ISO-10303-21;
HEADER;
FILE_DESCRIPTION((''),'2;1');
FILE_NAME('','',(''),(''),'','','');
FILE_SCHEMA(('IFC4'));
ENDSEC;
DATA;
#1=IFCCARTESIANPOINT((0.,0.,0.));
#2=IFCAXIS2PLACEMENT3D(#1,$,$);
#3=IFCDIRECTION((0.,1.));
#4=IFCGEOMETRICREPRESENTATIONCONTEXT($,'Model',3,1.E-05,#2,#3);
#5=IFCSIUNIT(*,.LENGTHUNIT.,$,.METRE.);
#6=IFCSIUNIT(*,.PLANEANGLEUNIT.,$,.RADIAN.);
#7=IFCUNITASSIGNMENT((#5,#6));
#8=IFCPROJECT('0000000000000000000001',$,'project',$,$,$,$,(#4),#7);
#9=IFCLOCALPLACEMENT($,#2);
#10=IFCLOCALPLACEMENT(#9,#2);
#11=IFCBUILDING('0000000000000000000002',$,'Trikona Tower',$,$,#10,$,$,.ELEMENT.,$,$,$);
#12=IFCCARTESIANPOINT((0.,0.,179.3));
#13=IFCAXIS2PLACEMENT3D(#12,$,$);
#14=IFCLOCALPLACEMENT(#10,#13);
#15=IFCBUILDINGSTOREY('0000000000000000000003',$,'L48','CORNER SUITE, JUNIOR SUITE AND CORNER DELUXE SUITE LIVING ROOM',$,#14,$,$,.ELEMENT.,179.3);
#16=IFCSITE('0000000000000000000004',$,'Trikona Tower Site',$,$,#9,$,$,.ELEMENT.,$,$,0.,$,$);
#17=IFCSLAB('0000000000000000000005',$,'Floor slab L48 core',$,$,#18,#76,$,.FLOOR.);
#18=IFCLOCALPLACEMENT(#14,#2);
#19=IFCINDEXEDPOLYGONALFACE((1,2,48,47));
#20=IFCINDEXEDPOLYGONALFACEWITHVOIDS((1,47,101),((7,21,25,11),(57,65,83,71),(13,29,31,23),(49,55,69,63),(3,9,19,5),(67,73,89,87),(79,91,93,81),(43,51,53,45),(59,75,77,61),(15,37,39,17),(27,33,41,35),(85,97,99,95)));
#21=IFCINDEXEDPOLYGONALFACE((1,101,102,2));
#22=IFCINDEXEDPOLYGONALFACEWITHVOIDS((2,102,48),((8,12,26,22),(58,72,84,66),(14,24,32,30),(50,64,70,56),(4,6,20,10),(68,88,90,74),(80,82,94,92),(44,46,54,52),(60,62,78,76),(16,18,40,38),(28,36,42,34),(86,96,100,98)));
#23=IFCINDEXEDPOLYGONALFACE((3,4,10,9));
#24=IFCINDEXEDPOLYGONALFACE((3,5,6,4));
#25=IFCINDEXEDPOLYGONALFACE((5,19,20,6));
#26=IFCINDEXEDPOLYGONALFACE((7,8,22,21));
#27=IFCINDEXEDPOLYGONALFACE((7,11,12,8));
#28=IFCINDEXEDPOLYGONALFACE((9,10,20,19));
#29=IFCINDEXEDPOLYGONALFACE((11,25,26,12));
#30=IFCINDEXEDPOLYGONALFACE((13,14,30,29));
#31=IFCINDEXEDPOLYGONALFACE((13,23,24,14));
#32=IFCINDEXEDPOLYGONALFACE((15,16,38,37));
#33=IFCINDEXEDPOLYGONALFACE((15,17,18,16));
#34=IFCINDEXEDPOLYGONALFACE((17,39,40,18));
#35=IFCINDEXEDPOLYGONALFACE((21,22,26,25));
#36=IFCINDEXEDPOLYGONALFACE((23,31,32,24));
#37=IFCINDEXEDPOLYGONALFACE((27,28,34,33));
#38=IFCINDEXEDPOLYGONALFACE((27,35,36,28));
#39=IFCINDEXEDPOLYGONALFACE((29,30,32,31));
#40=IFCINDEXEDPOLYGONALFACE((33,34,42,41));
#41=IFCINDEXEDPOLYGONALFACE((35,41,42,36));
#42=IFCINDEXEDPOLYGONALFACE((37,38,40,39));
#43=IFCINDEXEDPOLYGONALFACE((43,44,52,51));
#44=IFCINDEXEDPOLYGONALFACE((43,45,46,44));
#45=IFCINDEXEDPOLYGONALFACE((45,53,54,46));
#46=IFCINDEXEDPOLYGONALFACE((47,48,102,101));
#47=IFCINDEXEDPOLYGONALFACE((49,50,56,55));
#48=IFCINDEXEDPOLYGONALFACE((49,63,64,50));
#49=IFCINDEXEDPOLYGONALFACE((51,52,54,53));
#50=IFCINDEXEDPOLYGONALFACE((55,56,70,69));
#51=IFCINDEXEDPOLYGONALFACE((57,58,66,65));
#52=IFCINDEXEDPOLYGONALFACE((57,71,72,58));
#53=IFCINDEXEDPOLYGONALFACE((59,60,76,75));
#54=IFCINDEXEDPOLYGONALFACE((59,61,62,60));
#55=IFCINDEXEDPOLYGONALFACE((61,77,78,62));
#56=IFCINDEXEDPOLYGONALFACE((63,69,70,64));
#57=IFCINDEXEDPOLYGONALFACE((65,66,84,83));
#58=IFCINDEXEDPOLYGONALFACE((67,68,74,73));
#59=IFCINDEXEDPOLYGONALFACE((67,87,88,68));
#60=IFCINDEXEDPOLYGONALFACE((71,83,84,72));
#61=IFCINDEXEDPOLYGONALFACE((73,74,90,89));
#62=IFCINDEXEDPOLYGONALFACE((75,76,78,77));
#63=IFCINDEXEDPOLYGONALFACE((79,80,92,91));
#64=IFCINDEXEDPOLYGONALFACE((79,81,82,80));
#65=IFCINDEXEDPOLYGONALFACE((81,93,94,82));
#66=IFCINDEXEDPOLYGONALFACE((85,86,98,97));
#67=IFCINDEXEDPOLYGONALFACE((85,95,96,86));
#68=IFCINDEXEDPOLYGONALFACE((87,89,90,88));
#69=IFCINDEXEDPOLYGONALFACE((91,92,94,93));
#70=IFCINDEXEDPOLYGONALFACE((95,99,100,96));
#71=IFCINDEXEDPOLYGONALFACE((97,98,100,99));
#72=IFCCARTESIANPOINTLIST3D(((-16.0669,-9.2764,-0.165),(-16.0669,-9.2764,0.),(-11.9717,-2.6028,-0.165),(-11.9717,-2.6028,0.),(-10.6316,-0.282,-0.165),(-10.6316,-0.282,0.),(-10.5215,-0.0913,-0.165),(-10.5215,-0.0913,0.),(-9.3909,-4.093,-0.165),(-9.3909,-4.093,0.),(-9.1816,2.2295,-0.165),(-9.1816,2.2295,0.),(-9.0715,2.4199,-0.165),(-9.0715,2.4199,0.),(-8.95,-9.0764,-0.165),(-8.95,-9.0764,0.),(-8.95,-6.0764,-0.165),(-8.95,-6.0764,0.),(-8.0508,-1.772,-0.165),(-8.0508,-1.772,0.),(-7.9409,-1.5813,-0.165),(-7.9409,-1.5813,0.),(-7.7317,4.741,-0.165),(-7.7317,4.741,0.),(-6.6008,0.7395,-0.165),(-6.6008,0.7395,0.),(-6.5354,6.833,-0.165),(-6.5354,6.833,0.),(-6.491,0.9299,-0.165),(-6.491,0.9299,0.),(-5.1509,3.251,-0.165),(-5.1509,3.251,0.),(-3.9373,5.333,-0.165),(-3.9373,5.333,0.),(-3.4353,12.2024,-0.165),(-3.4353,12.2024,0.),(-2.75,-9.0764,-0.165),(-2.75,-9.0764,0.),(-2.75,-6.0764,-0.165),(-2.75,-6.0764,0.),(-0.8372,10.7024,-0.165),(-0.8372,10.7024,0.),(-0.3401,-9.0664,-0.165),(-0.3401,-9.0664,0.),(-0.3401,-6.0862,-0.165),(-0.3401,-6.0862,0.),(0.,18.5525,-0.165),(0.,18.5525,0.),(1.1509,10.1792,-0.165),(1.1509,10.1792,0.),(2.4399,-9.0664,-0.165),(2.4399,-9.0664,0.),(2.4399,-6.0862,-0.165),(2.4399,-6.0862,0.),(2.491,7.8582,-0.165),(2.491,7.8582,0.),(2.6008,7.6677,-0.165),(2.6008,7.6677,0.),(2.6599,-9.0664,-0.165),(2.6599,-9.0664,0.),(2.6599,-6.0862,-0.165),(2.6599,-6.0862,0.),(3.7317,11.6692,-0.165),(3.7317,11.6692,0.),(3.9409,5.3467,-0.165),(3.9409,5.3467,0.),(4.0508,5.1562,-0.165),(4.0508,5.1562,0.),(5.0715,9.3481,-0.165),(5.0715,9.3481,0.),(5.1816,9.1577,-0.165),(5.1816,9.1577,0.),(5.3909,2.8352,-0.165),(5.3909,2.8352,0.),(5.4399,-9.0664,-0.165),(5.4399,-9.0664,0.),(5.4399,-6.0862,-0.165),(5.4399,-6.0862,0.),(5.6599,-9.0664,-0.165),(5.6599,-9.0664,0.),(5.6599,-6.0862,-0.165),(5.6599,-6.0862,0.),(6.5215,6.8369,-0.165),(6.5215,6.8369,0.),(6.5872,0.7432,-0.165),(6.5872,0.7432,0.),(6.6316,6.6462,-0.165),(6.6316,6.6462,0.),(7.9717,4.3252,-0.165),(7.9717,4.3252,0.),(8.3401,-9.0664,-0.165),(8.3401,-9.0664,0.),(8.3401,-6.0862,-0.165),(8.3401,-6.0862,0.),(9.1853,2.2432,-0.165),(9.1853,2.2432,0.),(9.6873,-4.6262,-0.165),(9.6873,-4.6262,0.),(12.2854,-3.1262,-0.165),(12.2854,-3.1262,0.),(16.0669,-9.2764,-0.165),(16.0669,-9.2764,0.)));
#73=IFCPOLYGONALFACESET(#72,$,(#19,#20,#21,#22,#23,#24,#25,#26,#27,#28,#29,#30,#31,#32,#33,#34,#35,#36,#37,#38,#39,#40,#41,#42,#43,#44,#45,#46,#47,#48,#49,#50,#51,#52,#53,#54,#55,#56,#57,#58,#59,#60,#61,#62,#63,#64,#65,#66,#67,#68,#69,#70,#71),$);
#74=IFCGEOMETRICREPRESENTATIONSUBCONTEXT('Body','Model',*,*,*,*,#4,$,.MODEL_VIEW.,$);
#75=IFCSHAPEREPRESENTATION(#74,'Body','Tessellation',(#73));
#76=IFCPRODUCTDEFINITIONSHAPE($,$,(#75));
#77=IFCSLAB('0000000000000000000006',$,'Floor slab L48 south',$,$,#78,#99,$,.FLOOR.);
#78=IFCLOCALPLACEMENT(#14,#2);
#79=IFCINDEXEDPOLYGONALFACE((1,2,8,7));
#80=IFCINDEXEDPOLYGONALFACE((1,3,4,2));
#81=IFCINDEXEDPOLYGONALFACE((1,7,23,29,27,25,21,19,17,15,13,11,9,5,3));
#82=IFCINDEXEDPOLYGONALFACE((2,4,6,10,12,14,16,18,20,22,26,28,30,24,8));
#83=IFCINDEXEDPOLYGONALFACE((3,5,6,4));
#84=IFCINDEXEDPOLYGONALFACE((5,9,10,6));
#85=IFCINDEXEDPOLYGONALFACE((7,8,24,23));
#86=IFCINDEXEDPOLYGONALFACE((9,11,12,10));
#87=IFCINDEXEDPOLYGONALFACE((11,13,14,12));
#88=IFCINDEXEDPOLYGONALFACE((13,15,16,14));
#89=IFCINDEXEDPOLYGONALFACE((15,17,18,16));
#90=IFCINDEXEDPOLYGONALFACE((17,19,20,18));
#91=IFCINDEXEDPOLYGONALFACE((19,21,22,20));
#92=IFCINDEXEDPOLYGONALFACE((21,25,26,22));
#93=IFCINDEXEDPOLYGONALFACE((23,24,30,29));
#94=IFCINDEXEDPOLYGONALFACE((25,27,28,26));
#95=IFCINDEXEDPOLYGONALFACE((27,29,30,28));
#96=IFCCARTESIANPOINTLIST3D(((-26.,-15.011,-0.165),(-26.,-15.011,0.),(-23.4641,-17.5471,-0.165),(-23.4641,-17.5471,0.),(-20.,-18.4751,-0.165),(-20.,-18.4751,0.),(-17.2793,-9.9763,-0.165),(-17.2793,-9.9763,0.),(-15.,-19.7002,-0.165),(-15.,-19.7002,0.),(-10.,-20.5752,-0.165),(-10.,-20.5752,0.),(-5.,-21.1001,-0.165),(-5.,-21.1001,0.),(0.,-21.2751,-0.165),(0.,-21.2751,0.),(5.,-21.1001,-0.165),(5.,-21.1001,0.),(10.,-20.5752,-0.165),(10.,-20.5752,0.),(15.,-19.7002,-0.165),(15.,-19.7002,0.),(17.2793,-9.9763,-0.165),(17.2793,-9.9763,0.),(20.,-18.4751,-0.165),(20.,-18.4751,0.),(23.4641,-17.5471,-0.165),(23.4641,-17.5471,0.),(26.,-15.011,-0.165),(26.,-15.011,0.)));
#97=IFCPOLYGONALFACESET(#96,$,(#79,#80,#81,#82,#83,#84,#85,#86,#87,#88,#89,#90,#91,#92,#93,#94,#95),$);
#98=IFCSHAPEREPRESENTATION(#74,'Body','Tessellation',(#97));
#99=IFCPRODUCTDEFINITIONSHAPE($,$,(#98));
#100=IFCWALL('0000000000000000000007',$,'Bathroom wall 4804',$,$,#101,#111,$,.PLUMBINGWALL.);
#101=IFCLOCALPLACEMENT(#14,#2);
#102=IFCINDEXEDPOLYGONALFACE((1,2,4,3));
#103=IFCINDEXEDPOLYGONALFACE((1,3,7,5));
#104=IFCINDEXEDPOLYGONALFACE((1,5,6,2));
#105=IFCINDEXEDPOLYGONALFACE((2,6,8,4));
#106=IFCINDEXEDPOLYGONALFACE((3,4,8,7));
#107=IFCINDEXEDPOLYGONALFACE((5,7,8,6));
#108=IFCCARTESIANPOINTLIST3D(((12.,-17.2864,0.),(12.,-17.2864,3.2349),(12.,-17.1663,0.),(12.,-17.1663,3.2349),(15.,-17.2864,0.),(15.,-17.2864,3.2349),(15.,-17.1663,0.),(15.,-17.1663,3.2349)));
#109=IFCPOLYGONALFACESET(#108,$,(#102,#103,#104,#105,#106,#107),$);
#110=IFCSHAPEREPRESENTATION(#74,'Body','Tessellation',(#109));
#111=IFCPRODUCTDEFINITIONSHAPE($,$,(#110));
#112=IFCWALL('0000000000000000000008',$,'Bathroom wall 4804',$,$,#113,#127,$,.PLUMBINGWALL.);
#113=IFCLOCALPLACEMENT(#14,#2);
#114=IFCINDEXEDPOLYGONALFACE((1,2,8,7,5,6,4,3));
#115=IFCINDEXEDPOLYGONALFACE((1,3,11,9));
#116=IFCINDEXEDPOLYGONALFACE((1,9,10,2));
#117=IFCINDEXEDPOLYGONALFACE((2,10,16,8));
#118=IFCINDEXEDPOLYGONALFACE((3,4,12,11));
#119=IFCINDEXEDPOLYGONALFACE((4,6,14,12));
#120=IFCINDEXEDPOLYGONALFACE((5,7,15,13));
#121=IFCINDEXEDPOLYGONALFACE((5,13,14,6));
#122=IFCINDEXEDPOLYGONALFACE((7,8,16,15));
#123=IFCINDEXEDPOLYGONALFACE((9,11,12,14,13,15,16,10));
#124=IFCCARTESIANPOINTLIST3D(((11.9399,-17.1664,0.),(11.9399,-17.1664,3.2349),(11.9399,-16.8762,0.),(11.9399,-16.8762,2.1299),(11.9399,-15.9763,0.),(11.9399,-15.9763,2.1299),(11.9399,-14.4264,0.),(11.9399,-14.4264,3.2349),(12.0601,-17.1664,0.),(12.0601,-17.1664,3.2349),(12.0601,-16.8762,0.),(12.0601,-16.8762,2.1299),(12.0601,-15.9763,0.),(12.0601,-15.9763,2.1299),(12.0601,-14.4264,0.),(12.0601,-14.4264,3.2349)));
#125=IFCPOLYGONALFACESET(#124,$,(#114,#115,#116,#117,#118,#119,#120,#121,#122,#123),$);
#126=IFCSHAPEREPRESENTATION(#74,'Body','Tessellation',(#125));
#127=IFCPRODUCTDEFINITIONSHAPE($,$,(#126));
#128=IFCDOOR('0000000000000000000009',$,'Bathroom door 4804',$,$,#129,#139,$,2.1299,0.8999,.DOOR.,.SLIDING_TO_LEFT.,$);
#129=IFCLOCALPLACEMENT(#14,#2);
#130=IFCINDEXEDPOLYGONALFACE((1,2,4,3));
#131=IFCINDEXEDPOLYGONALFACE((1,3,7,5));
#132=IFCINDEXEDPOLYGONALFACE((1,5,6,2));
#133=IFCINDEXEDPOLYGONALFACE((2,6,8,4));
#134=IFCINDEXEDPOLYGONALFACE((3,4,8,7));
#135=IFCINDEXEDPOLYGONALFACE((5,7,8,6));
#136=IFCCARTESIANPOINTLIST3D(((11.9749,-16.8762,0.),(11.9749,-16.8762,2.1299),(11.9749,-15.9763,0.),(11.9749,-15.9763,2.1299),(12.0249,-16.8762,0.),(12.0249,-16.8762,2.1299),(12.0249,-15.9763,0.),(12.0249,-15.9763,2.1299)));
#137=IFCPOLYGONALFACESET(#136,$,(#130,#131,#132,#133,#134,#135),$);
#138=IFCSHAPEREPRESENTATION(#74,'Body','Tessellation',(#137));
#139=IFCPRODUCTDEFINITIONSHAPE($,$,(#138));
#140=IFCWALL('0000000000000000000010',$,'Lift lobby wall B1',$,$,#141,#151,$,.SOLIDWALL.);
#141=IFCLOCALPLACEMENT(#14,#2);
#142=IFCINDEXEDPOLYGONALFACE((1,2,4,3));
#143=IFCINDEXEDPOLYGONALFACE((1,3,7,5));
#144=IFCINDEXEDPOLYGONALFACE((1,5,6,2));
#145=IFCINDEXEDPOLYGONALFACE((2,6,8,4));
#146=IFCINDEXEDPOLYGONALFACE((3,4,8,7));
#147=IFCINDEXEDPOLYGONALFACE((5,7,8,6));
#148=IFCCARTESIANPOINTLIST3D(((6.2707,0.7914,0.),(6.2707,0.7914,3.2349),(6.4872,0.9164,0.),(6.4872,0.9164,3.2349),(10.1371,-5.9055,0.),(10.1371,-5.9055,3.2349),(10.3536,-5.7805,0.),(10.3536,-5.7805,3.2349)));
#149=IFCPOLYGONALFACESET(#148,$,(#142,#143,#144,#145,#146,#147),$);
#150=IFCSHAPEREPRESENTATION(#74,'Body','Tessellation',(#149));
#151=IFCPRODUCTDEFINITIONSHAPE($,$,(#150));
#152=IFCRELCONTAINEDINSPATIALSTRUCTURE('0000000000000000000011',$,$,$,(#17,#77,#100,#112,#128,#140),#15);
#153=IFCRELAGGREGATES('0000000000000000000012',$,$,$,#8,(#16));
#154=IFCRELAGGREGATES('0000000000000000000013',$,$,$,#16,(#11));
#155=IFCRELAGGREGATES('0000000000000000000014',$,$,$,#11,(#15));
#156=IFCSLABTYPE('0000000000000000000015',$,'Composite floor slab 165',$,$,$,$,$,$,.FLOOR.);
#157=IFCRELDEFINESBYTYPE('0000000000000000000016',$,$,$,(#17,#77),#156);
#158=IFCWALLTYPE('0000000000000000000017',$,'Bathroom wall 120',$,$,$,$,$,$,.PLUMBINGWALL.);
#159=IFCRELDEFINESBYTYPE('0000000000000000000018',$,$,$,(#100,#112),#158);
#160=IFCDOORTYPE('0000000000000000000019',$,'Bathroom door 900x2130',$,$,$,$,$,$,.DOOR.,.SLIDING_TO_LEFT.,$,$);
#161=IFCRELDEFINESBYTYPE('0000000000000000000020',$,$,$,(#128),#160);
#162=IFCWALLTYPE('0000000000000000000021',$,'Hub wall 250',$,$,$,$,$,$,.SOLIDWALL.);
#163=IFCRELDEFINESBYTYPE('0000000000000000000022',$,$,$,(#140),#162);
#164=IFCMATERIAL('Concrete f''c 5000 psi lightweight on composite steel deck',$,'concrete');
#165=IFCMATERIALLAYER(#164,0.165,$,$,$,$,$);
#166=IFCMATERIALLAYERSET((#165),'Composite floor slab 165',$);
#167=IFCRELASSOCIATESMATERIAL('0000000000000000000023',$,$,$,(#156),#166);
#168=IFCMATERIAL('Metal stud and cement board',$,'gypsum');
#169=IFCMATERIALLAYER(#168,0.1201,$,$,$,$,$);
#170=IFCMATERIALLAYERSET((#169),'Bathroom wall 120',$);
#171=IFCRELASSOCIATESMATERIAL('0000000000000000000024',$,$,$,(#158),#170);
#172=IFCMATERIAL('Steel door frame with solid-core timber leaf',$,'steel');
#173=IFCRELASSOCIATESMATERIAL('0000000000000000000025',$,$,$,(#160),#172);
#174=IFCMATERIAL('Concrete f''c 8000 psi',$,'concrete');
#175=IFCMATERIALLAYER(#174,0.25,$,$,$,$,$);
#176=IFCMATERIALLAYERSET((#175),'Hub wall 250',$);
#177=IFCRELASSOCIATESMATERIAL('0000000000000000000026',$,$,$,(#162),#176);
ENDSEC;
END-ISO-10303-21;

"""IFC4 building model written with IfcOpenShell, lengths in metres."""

from ifc_helpers import new_model, si_unit, direction, frame, frame_2d, origin, place, context, subcontext, project, spatial, polyline, rectangle, outline, extrude, material, layer, layer_set, type_object, element, fill, save


model = new_model("IFC4")

# Units and contexts
model_context = context("Model", 3, precision=1e-05, world=origin(), true_north=direction((0.0, 1.0)))
body_context = subcontext(model_context, "Body", "Model", "MODEL_VIEW")
ifc_project = project(units=[si_unit("LENGTHUNIT", "METRE"), si_unit("PLANEANGLEUNIT", "RADIAN")], contexts=[model_context])

# Site, building, storey
site_placement = place(None, origin())
site = spatial("IfcSite", under=ifc_project, at=site_placement, Name="Trikona Tower Site", CompositionType="ELEMENT", RefElevation=0.0)
building_placement = place(site_placement, origin())
building = spatial("IfcBuilding", under=site, at=building_placement, Name="Trikona Tower", CompositionType="ELEMENT")
storey_placement = place(building_placement, frame((0.0, 0.0, 179.3)))
storey = spatial("IfcBuildingStorey", under=building, at=storey_placement, Name="L48", Description="CORNER SUITE, JUNIOR SUITE AND CORNER DELUXE SUITE LIVING ROOM", CompositionType="ELEMENT", Elevation=179.3)

# Slabs
ifc_material_1 = material(Name="Concrete f'c 5000 psi lightweight on composite steel deck", Category="concrete")
ifc_layer_1 = layer(ifc_material_1, 0.165)
ifc_layer_set_1 = layer_set([ifc_layer_1], Name="Composite floor slab 165")
slab_type = type_object("IfcSlabType", Name="Composite floor slab 165", PredefinedType="FLOOR", material=ifc_layer_set_1)
slab_1_placement = place(storey_placement, frame((0.0, 0.0, -0.165)))
element("IfcSlab", 1, at=slab_1_placement, inside=storey, type_object=slab_type, Name="Floor slab L48 core", PredefinedType="FLOOR", context=body_context, shape_type="SweptSolid", body=[
    extrude(outline(polyline([(-16.0669, -9.2764), (16.0669, -9.2764), (0.0, 18.5525), (-16.0669, -9.2764)]), holes=[polyline([(12.2854, -3.1262), (9.1853, 2.2432), (6.5872, 0.7432), (9.6873, -4.6262), (12.2854, -3.1262)]), polyline([(8.3401, -9.0664), (8.3401, -6.0862), (5.6599, -6.0862), (5.6599, -9.0664), (8.3401, -9.0664)]), polyline([(5.3909, 2.8352), (7.9717, 4.3252), (6.6316, 6.6462), (4.0508, 5.1562), (5.3909, 2.8352)]), polyline([(2.6008, 7.6677), (3.9409, 5.3467), (6.5215, 6.8369), (5.1816, 9.1577), (2.6008, 7.6677)]), polyline([(5.4399, -6.0862), (2.6599, -6.0862), (2.6599, -9.0664), (5.4399, -9.0664), (5.4399, -6.0862)]), polyline([(3.7317, 11.6692), (1.1509, 10.1792), (2.491, 7.8582), (5.0715, 9.3481), (3.7317, 11.6692)]), polyline([(-0.3401, -6.0862), (-0.3401, -9.0664), (2.4399, -9.0664), (2.4399, -6.0862), (-0.3401, -6.0862)]), polyline([(-3.4353, 12.2024), (-6.5354, 6.833), (-3.9373, 5.333), (-0.8372, 10.7024), (-3.4353, 12.2024)]), polyline([(-8.95, -9.0764), (-2.75, -9.0764), (-2.75, -6.0764), (-8.95, -6.0764), (-8.95, -9.0764)]), polyline([(-5.1509, 3.251), (-7.7317, 4.741), (-9.0715, 2.4199), (-6.491, 0.9299), (-5.1509, 3.251)]), polyline([(-7.9409, -1.5813), (-6.6008, 0.7395), (-9.1816, 2.2295), (-10.5215, -0.0913), (-7.9409, -1.5813)]), polyline([(-11.9717, -2.6028), (-9.3909, -4.093), (-8.0508, -1.772), (-10.6316, -0.282), (-11.9717, -2.6028)])]), origin(), (0.0, 0.0, 1.0), 0.165),
])
slab_2_placement = place(storey_placement, frame((0.0, 0.0, -0.165)))
element("IfcSlab", 2, at=slab_2_placement, inside=storey, type_object=slab_type, Name="Floor slab L48 south", PredefinedType="FLOOR", context=body_context, shape_type="SweptSolid", body=[
    extrude(outline(polyline([(23.4641, -17.5471), (26.0, -15.011), (17.2793, -9.9763), (-17.2793, -9.9763), (-26.0, -15.011), (-23.4641, -17.5471), (-20.0, -18.4751), (-15.0, -19.7002), (-10.0, -20.5752), (-5.0, -21.1001), (0.0, -21.2751), (5.0, -21.1001), (10.0, -20.5752), (15.0, -19.7002), (20.0, -18.4751), (23.4641, -17.5471)])), origin(), (0.0, 0.0, 1.0), 0.165),
])

# Wall
ifc_material_2 = material(Name="Metal stud and cement board", Category="gypsum")
ifc_layer_2 = layer(ifc_material_2, 0.1201)
ifc_layer_set_2 = layer_set([ifc_layer_2], Name="Bathroom wall 120")
wall_type_1 = type_object("IfcWallType", Name="Bathroom wall 120", PredefinedType="PLUMBINGWALL", material=ifc_layer_set_2)
wall_1_placement = place(storey_placement, frame((12.0, -17.2263, 0.0), z_axis=(0.0, 0.0, 1.0), x_axis=(1.0, 0.0, 0.0)))
element("IfcWall", 3, at=wall_1_placement, inside=storey, type_object=wall_type_1, Name="Bathroom wall 4804", PredefinedType="PLUMBINGWALL", context=body_context, shape_type="SweptSolid", body=[
    extrude(rectangle(XDim=3.0, YDim=0.1201, at=frame_2d((1.5, 0.0))), origin(), (0.0, 0.0, 1.0), 3.2349),
])

# Wall, opening, door
wall_2_placement = place(storey_placement, frame((12.0, -14.4263, 0.0), z_axis=(0.0, 0.0, 1.0), x_axis=(0.0, -1.0, 0.0)))
wall_2 = element("IfcWall", 4, at=wall_2_placement, inside=storey, type_object=wall_type_1, Name="Bathroom wall 4804", PredefinedType="PLUMBINGWALL", context=body_context, shape_type="SweptSolid", body=[
    extrude(rectangle(XDim=2.74, YDim=0.1201, at=frame_2d((1.3701, 0.0))), origin(), (0.0, 0.0, 1.0), 3.2349),
])
opening_1_placement = place(wall_2_placement, frame((1.55, 0.0, 0.0)))
opening_1 = element("IfcOpeningElement", 5, at=opening_1_placement, cuts=wall_2, PredefinedType="OPENING", context=body_context, shape_type="SweptSolid", body=[
    extrude(rectangle(XDim=0.8999, YDim=2.1299, at=frame_2d((0.45, 1.0649))), frame((0.0, 0.0701, 0.0), z_axis=(0.0, -1.0, 0.0), x_axis=(1.0, 0.0, 0.0)), (0.0, 0.0, 1.0), 0.1401),
])
ifc_material_3 = material(Name="Steel door frame with solid-core timber leaf", Category="steel")
door_type_1 = type_object("IfcDoorType", Name="Bathroom door 900x2130", OperationType="SLIDING_TO_LEFT", PredefinedType="DOOR", material=ifc_material_3)
door_1_placement = place(opening_1_placement, origin())
door_1 = element("IfcDoor", 6, at=door_1_placement, inside=storey, type_object=door_type_1, Name="Bathroom door 4804", OperationType="SLIDING_TO_LEFT", OverallHeight=2.1299, OverallWidth=0.8999, PredefinedType="DOOR", context=body_context, shape_type="SweptSolid", body=[
    extrude(rectangle(XDim=0.8999, YDim=2.1299, at=frame_2d((0.45, 1.0649))), frame((0.0, 0.0249, 0.0), z_axis=(0.0, -1.0, 0.0), x_axis=(1.0, 0.0, 0.0)), (0.0, 0.0, 1.0), 0.05),
])
fill(opening_1, door_1)

# Wall
ifc_material_4 = material(Name="Concrete f'c 8000 psi", Category="concrete")
ifc_layer_3 = layer(ifc_material_4, 0.25)
ifc_layer_set_3 = layer_set([ifc_layer_3], Name="Hub wall 250")
wall_type_2 = type_object("IfcWallType", Name="Hub wall 250", PredefinedType="SOLIDWALL", material=ifc_layer_set_3)
wall_3_placement = place(storey_placement, frame((10.2454, -5.843, 0.0), z_axis=(0.0, 0.0, 1.0), x_axis=(-0.499993, 0.866029, 0.0)))
element("IfcWall", 7, at=wall_3_placement, inside=storey, type_object=wall_type_2, Name="Lift lobby wall B1", PredefinedType="SOLIDWALL", context=body_context, shape_type="SweptSolid", body=[
    extrude(rectangle(XDim=7.7329, YDim=0.25, at=frame_2d((3.8665, 0.0))), origin(), (0.0, 0.0, 1.0), 3.2349),
])

save(model, "model.ifc")
